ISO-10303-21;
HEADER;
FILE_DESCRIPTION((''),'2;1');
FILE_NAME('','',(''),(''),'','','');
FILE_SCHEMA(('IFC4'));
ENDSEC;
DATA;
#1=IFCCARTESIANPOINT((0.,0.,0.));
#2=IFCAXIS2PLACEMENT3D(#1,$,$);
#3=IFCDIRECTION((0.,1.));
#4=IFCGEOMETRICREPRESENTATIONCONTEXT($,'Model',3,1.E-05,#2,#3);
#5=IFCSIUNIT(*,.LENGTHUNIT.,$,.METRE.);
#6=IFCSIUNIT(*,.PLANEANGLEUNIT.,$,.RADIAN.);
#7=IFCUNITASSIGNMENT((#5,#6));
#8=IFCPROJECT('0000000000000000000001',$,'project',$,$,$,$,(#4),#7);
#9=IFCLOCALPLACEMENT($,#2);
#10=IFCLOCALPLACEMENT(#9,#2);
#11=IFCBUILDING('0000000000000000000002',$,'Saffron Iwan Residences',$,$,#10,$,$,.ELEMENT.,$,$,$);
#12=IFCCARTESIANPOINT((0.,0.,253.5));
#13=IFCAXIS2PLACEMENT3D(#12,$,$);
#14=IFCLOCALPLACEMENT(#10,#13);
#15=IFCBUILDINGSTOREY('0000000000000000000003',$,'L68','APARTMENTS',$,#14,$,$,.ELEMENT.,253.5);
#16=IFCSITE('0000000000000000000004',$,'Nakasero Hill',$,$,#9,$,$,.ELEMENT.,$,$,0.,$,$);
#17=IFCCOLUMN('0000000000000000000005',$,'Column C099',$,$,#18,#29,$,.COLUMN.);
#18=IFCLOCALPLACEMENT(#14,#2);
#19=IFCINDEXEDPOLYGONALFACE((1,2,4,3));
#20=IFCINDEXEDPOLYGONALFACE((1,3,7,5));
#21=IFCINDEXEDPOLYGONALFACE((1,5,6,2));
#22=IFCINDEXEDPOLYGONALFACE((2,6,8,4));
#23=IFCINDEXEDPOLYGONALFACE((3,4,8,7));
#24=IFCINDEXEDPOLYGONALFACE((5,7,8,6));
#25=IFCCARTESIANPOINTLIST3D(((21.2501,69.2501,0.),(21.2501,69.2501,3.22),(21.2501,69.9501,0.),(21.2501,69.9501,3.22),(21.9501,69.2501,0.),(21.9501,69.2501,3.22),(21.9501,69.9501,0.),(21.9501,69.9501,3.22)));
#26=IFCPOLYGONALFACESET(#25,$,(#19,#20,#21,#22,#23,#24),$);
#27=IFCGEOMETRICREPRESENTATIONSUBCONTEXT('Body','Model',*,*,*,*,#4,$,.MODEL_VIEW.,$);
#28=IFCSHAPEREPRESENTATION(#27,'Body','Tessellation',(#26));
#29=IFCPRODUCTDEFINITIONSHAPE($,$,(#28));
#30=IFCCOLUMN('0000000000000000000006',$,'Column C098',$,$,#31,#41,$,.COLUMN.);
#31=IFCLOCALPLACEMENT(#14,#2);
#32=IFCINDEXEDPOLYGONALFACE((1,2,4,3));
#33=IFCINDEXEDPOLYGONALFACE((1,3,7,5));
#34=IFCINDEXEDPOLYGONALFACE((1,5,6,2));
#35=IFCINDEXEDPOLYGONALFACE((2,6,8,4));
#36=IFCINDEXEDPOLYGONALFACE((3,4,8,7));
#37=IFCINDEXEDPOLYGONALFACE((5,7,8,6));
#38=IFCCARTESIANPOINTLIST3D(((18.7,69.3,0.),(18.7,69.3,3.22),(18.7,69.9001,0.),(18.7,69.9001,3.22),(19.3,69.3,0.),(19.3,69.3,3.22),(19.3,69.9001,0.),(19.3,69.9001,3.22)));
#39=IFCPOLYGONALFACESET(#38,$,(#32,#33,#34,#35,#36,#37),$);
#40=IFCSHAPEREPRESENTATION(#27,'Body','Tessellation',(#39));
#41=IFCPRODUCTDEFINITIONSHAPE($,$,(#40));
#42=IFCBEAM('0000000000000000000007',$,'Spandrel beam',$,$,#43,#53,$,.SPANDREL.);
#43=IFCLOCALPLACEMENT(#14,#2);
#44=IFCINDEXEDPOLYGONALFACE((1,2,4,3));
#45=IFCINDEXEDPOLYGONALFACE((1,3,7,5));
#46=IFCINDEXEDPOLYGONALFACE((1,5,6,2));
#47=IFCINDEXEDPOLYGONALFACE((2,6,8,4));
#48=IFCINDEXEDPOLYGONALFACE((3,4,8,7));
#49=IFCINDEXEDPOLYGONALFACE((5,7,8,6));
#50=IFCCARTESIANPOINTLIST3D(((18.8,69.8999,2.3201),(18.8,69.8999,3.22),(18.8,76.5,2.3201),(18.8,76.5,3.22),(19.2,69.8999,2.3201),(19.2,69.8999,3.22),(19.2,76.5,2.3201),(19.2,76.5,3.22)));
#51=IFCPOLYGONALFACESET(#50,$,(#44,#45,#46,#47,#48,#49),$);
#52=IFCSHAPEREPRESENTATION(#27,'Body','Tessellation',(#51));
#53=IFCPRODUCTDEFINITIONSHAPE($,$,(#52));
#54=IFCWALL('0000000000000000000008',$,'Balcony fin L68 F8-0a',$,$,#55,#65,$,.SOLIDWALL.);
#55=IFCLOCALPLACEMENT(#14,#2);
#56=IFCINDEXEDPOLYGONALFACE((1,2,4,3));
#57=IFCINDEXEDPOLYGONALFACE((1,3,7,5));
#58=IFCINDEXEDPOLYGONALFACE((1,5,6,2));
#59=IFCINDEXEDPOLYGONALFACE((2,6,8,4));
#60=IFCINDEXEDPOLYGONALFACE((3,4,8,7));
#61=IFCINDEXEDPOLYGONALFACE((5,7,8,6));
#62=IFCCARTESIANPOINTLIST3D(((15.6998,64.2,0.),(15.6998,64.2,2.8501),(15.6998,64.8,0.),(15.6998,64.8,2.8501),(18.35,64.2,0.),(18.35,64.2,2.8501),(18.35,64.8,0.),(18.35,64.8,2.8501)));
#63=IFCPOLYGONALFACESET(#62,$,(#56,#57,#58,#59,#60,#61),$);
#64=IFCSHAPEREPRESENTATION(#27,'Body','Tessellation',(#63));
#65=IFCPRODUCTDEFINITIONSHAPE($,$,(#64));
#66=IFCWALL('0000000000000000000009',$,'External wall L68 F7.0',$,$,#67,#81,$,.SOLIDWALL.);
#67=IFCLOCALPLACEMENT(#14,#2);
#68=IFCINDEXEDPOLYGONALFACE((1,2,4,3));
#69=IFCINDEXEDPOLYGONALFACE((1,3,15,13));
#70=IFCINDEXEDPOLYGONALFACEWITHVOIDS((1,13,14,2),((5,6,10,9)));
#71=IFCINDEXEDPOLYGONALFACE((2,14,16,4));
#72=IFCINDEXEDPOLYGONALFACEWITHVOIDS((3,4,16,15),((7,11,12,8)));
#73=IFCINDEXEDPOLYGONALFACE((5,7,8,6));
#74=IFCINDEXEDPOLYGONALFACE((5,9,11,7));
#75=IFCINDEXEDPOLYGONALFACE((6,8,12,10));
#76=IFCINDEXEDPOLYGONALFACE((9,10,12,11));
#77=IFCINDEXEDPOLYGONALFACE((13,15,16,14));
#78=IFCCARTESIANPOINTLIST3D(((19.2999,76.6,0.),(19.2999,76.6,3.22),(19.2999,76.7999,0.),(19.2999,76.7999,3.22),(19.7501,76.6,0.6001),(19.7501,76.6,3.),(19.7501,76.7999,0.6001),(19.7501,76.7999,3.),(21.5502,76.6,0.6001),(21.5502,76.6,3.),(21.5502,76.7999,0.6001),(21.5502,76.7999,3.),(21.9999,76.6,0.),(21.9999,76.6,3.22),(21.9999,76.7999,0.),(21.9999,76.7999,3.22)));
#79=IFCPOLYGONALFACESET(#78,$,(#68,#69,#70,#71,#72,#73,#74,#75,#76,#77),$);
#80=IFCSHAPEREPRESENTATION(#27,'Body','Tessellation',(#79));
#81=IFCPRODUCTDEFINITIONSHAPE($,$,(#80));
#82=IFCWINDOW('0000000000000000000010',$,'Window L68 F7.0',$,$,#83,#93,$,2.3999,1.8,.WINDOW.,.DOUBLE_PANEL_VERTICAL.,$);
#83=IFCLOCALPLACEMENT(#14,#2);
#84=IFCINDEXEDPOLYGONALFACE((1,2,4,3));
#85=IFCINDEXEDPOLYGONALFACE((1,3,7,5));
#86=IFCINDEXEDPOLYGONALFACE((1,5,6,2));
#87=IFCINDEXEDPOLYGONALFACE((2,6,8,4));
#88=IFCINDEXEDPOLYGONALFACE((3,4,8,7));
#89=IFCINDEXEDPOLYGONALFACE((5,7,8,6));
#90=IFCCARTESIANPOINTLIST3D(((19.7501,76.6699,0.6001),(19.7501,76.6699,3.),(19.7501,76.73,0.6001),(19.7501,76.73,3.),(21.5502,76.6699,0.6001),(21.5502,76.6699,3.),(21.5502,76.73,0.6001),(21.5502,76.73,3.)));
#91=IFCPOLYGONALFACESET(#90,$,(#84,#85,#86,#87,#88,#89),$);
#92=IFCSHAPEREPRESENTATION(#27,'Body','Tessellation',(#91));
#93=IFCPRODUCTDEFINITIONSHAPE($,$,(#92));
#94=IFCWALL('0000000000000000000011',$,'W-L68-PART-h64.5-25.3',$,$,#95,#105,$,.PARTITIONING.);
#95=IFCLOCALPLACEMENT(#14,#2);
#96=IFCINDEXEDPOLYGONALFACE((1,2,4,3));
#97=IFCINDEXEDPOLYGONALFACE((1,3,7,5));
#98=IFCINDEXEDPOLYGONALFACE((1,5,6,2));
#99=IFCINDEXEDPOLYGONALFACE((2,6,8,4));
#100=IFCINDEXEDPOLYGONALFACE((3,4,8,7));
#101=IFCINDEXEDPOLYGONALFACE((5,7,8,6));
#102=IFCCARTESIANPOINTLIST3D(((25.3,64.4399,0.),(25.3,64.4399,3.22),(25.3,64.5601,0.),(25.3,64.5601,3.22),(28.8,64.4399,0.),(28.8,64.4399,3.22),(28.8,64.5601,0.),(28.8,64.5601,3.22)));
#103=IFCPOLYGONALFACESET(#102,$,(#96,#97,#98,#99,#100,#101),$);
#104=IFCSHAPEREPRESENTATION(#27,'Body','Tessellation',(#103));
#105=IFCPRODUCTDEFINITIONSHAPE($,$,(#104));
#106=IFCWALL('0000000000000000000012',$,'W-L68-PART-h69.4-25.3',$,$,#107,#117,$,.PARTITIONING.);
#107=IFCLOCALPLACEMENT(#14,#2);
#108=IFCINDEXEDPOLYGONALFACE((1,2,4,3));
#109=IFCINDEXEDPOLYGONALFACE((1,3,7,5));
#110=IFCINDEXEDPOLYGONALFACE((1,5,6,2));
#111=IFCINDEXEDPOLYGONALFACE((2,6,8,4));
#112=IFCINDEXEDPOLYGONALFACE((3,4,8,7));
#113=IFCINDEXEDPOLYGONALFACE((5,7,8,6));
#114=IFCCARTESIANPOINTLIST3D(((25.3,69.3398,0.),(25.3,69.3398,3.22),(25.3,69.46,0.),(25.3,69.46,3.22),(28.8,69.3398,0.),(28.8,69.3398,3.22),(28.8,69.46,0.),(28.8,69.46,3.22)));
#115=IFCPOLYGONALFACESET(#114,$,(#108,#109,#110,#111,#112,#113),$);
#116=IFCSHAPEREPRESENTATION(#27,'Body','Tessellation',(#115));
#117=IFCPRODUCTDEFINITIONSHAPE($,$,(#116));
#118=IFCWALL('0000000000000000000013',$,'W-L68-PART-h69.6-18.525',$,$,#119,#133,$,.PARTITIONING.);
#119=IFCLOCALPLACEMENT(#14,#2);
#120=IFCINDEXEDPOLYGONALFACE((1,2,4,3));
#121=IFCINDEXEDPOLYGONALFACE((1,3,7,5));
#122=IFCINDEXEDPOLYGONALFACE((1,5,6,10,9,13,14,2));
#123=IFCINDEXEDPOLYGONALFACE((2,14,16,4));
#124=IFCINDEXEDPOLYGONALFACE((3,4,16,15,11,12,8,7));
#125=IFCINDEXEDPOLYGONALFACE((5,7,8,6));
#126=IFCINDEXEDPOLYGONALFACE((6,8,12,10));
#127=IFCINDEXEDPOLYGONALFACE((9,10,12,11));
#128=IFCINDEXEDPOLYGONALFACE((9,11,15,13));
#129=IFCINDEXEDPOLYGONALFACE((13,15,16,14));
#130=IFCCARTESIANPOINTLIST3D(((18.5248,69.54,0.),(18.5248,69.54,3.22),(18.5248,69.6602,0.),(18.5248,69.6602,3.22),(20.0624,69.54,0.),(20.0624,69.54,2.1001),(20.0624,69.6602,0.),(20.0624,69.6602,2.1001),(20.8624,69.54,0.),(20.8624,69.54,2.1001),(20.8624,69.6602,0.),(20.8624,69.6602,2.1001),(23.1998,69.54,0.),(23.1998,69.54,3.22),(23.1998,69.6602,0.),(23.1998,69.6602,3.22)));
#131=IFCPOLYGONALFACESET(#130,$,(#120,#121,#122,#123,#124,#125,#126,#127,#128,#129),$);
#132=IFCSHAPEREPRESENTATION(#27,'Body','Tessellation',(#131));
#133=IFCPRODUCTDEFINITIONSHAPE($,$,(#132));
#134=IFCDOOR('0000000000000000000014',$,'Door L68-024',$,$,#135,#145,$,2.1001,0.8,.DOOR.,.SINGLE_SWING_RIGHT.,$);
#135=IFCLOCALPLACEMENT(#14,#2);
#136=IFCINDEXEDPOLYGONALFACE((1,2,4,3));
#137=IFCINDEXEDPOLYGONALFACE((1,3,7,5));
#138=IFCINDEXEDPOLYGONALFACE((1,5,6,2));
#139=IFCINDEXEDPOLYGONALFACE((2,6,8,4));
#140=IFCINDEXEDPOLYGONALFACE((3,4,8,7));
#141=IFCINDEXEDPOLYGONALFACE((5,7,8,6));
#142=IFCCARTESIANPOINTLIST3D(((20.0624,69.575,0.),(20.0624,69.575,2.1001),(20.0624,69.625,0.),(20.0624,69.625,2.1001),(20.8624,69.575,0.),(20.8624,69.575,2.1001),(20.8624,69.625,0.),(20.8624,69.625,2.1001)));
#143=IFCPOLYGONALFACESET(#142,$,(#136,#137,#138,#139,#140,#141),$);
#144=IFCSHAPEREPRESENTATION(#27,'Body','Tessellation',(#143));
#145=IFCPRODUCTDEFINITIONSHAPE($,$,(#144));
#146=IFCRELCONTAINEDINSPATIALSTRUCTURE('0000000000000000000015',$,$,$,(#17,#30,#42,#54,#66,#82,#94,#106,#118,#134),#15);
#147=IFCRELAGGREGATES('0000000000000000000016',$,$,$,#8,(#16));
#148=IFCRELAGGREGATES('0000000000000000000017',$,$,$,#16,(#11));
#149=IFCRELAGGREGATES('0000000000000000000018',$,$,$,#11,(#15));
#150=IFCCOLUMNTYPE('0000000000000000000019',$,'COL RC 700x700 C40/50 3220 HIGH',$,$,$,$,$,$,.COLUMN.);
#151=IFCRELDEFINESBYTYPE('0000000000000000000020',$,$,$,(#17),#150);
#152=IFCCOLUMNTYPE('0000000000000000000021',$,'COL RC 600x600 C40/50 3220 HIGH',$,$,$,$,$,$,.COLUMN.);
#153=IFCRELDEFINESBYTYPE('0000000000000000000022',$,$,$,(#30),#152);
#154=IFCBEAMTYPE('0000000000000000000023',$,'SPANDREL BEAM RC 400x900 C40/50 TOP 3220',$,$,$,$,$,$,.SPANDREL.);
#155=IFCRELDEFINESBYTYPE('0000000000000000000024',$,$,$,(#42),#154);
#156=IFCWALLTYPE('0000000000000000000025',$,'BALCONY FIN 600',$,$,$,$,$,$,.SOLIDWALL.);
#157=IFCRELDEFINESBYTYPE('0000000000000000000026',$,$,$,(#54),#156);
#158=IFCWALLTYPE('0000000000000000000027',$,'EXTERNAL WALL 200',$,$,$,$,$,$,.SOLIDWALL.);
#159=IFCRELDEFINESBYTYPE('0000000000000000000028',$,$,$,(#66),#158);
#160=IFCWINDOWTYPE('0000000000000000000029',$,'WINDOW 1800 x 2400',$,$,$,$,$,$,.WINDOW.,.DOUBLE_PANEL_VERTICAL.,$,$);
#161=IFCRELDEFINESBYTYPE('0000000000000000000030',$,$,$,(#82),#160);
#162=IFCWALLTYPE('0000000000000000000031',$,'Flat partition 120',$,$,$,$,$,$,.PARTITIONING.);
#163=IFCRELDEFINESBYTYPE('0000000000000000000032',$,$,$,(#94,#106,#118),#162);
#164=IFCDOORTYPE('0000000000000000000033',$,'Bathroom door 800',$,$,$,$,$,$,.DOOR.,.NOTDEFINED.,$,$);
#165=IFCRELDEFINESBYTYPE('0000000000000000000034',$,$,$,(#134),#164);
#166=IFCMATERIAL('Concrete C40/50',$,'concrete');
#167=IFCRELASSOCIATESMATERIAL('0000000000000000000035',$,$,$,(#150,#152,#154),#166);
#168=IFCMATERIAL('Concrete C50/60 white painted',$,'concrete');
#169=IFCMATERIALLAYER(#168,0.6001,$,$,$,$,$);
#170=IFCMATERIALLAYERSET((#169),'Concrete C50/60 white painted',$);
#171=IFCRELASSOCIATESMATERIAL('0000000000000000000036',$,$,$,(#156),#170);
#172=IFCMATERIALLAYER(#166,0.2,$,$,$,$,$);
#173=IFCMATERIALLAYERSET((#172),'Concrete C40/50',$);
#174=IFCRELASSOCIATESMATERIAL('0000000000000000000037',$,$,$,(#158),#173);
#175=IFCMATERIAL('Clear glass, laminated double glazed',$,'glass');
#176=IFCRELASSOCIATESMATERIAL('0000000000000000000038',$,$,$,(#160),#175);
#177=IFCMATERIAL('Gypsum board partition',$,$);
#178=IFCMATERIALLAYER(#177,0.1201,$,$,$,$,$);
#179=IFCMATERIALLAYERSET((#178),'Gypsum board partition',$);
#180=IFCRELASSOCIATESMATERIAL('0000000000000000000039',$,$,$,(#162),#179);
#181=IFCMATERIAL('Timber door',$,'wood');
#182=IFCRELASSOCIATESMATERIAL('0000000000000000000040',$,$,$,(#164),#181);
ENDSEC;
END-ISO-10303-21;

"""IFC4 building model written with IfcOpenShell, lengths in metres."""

from ifc_helpers import new_model, si_unit, direction, frame, frame_2d, origin, origin_2d, place, context, subcontext, project, spatial, rectangle, extrude, source, transform, mapped, material, layer, layer_set, material_profile, profile_set, type_object, element, fill, save


model = new_model("IFC4")

# Units and contexts
model_context = context("Model", 3, precision=1e-05, world=origin(), true_north=direction((0.0, 1.0)))
body_context = subcontext(model_context, "Body", "Model", "MODEL_VIEW")
ifc_project = project(units=[si_unit("LENGTHUNIT", "METRE"), si_unit("PLANEANGLEUNIT", "RADIAN")], contexts=[model_context])

# Site, building, storey
site_placement = place(None, origin())
site = spatial("IfcSite", under=ifc_project, at=site_placement, Name="Nakasero Hill", CompositionType="ELEMENT", RefElevation=0.0)
building_placement = place(site_placement, origin())
building = spatial("IfcBuilding", under=site, at=building_placement, Name="Saffron Iwan Residences", CompositionType="ELEMENT")
storey_placement = place(building_placement, frame((0.0, 0.0, 253.5)))
storey = spatial("IfcBuildingStorey", under=building, at=storey_placement, Name="L68", Description="APARTMENTS", CompositionType="ELEMENT", Elevation=253.5)

# Columns
ifc_material_1 = material(Name="Concrete C40/50", Category="concrete")
ifc_material_profile_1 = material_profile(ifc_material_1, rectangle(XDim=0.7, YDim=0.7, at=origin_2d()), Name="RC 700x700")
ifc_profile_set_1 = profile_set([ifc_material_profile_1], Name="Concrete C40/50")
column_type_1 = type_object("IfcColumnType", Name="COL RC 700x700 C40/50 3220 HIGH", PredefinedType="COLUMN", material=ifc_profile_set_1)
shared_shape_1 = source(origin(), body_context, "Body", "SweptSolid", [
    extrude(rectangle(XDim=0.7, YDim=0.7, at=origin_2d()), origin(), (0.0, 0.0, 1.0), 3.22),
])
column_1_placement = place(storey_placement, frame((21.6001, 69.6001, 0.0), z_axis=(0.0, 0.0, 1.0), x_axis=(1.0, 0.0, 0.0)))
element("IfcColumn", 1, at=column_1_placement, inside=storey, type_object=column_type_1, Name="Column C099", PredefinedType="COLUMN", context=body_context, shape_type="MappedRepresentation", body=[
    mapped(shared_shape_1, transform((0.0, 0.0, 0.0))),
])
ifc_material_profile_2 = material_profile(ifc_material_1, rectangle(XDim=0.6001, YDim=0.6001, at=origin_2d()), Name="RC 600x600")
ifc_profile_set_2 = profile_set([ifc_material_profile_2], Name="Concrete C40/50")
column_type_2 = type_object("IfcColumnType", Name="COL RC 600x600 C40/50 3220 HIGH", PredefinedType="COLUMN", material=ifc_profile_set_2)
shared_shape_2 = source(origin(), body_context, "Body", "SweptSolid", [
    extrude(rectangle(XDim=0.6001, YDim=0.6001, at=origin_2d()), origin(), (0.0, 0.0, 1.0), 3.22),
])
column_2_placement = place(storey_placement, frame((19.0, 69.6001, 0.0), z_axis=(0.0, 0.0, 1.0), x_axis=(1.0, 0.0, 0.0)))
element("IfcColumn", 2, at=column_2_placement, inside=storey, type_object=column_type_2, Name="Column C098", PredefinedType="COLUMN", context=body_context, shape_type="MappedRepresentation", body=[
    mapped(shared_shape_2, transform((0.0, 0.0, 0.0))),
])

# Beam
ifc_material_profile_3 = material_profile(ifc_material_1, rectangle(XDim=0.3999, YDim=0.8999, at=origin_2d()), Name="RC 400x900")
ifc_profile_set_3 = profile_set([ifc_material_profile_3], Name="Concrete C40/50")
beam_type = type_object("IfcBeamType", Name="SPANDREL BEAM RC 400x900 C40/50 TOP 3220", PredefinedType="SPANDREL", material=ifc_profile_set_3)
shared_shape_3 = source(origin(), body_context, "Body", "SweptSolid", [
    extrude(rectangle(XDim=0.3999, YDim=0.8999, at=origin_2d()), origin(), (0.0, 0.0, 1.0), 6.6001),
])
beam_placement = place(storey_placement, frame((19.0, 69.8999, 2.77), z_axis=(0.0, 1.0, 0.0), x_axis=(-1.0, 0.0, 0.0)))
element("IfcBeam", 3, at=beam_placement, inside=storey, type_object=beam_type, Name="Spandrel beam", PredefinedType="SPANDREL", context=body_context, shape_type="MappedRepresentation", body=[
    mapped(shared_shape_3, transform((0.0, 0.0, 0.0))),
])

# Wall
ifc_material_2 = material(Name="Concrete C50/60 white painted", Category="concrete")
ifc_layer_1 = layer(ifc_material_2, 0.6001)
ifc_layer_set_1 = layer_set([ifc_layer_1], Name="Concrete C50/60 white painted")
wall_type_1 = type_object("IfcWallType", Name="BALCONY FIN 600", PredefinedType="SOLIDWALL", material=ifc_layer_set_1)
wall_1_placement = place(storey_placement, frame((18.3501, 64.5, 0.0), z_axis=(0.0, 0.0, 1.0), x_axis=(-1.0, 0.0, 0.0)))
element("IfcWall", 4, at=wall_1_placement, inside=storey, type_object=wall_type_1, Name="Balcony fin L68 F8-0a", PredefinedType="SOLIDWALL", context=body_context, shape_type="SweptSolid", body=[
    extrude(rectangle(XDim=2.6501, YDim=0.6001, at=frame_2d((1.3252, 0.0))), origin(), (0.0, 0.0, 1.0), 2.8501),
])

# Wall, opening, window
ifc_layer_2 = layer(ifc_material_1, 0.2)
ifc_layer_set_2 = layer_set([ifc_layer_2], Name="Concrete C40/50")
wall_type_2 = type_object("IfcWallType", Name="EXTERNAL WALL 200", PredefinedType="SOLIDWALL", material=ifc_layer_set_2)
wall_2_placement = place(storey_placement, frame((22.0, 76.7, 0.0), z_axis=(0.0, 0.0, 1.0), x_axis=(-1.0, 0.0, 0.0)))
wall_2 = element("IfcWall", 5, at=wall_2_placement, inside=storey, type_object=wall_type_2, Name="External wall L68 F7.0", PredefinedType="SOLIDWALL", context=body_context, shape_type="SweptSolid", body=[
    extrude(rectangle(XDim=2.7, YDim=0.2, at=frame_2d((1.3501, 0.0))), origin(), (0.0, 0.0, 1.0), 3.22),
])
opening_1_placement = place(wall_2_placement, frame((0.45, 0.0, 0.6001)))
opening_1 = element("IfcOpeningElement", 6, at=opening_1_placement, cuts=wall_2, PredefinedType="OPENING", context=body_context, shape_type="SweptSolid", body=[
    extrude(rectangle(XDim=1.8, YDim=2.3999, at=frame_2d((0.8999, 1.2))), frame((0.0, 0.1099, 0.0), z_axis=(0.0, -1.0, 0.0), x_axis=(1.0, 0.0, 0.0)), (0.0, 0.0, 1.0), 0.22),
])
ifc_material_3 = material(Name="Clear glass, laminated double glazed", Category="glass")
window_type_1 = type_object("IfcWindowType", Name="WINDOW 1800 x 2400", PartitioningType="DOUBLE_PANEL_VERTICAL", PredefinedType="WINDOW", material=ifc_material_3)
window_1_placement = place(opening_1_placement, origin())
window_1 = element("IfcWindow", 7, at=window_1_placement, inside=storey, type_object=window_type_1, Name="Window L68 F7.0", OverallHeight=2.3999, OverallWidth=1.8, PartitioningType="DOUBLE_PANEL_VERTICAL", PredefinedType="WINDOW", context=body_context, shape_type="SweptSolid", body=[
    extrude(rectangle(XDim=1.8, YDim=2.3999, at=frame_2d((0.8999, 1.2))), frame((0.0, 0.03, 0.0), z_axis=(0.0, -1.0, 0.0), x_axis=(1.0, 0.0, 0.0)), (0.0, 0.0, 1.0), 0.0601),
])
fill(opening_1, window_1)

# Walls
ifc_material_4 = material(Name="Gypsum board partition")
ifc_layer_3 = layer(ifc_material_4, 0.1201)
ifc_layer_set_3 = layer_set([ifc_layer_3], Name="Gypsum board partition")
wall_type_3 = type_object("IfcWallType", Name="Flat partition 120", PredefinedType="PARTITIONING", material=ifc_layer_set_3)
for number, where, z_axis, x_axis, name in (
    (8, (25.3, 64.5, 0.0), (0.0, 0.0, 1.0), (1.0, 0.0, 0.0), "W-L68-PART-h64.5-25.3"),
    (9, (25.3, 69.3999, 0.0), (0.0, 0.0, 1.0), (1.0, 0.0, 0.0), "W-L68-PART-h69.4-25.3"),
):
    element("IfcWall", number, at=place(storey_placement, frame(where, z_axis=z_axis, x_axis=x_axis)), inside=storey, type_object=wall_type_3, Name=name, PredefinedType="PARTITIONING", context=body_context, shape_type="SweptSolid", body=[
        extrude(rectangle(XDim=3.5, YDim=0.1201, at=frame_2d((1.75, 0.0))), origin(), (0.0, 0.0, 1.0), 3.22),
    ])

# Wall, opening, door
wall_3_placement = place(storey_placement, frame((18.5249, 69.6001, 0.0), z_axis=(0.0, 0.0, 1.0), x_axis=(1.0, 0.0, 0.0)))
wall_3 = element("IfcWall", 10, at=wall_3_placement, inside=storey, type_object=wall_type_3, Name="W-L68-PART-h69.6-18.525", PredefinedType="PARTITIONING", context=body_context, shape_type="SweptSolid", body=[
    extrude(rectangle(XDim=4.675, YDim=0.1201, at=frame_2d((2.3374, 0.0))), origin(), (0.0, 0.0, 1.0), 3.22),
])
opening_2_placement = place(wall_3_placement, frame((1.5376, 0.0, 0.0)))
opening_2 = element("IfcOpeningElement", 11, at=opening_2_placement, cuts=wall_3, PredefinedType="OPENING", context=body_context, shape_type="SweptSolid", body=[
    extrude(rectangle(XDim=0.8, YDim=2.1001, at=frame_2d((0.3999, 1.05))), frame((0.0, 0.0701, 0.0), z_axis=(0.0, -1.0, 0.0), x_axis=(1.0, 0.0, 0.0)), (0.0, 0.0, 1.0), 0.1401),
])
ifc_material_5 = material(Name="Timber door", Category="wood")
door_type_1 = type_object("IfcDoorType", Name="Bathroom door 800", OperationType="NOTDEFINED", PredefinedType="DOOR", material=ifc_material_5)
door_1_placement = place(opening_2_placement, origin())
door_1 = element("IfcDoor", 12, at=door_1_placement, inside=storey, type_object=door_type_1, Name="Door L68-024", OperationType="SINGLE_SWING_RIGHT", OverallHeight=2.1001, OverallWidth=0.8, PredefinedType="DOOR", context=body_context, shape_type="SweptSolid", body=[
    extrude(rectangle(XDim=0.8, YDim=2.1001, at=frame_2d((0.3999, 1.05))), frame((0.0, 0.0249, 0.0), z_axis=(0.0, -1.0, 0.0), x_axis=(1.0, 0.0, 0.0)), (0.0, 0.0, 1.0), 0.05),
])
fill(opening_2, door_1)

save(model, "model.ifc")
